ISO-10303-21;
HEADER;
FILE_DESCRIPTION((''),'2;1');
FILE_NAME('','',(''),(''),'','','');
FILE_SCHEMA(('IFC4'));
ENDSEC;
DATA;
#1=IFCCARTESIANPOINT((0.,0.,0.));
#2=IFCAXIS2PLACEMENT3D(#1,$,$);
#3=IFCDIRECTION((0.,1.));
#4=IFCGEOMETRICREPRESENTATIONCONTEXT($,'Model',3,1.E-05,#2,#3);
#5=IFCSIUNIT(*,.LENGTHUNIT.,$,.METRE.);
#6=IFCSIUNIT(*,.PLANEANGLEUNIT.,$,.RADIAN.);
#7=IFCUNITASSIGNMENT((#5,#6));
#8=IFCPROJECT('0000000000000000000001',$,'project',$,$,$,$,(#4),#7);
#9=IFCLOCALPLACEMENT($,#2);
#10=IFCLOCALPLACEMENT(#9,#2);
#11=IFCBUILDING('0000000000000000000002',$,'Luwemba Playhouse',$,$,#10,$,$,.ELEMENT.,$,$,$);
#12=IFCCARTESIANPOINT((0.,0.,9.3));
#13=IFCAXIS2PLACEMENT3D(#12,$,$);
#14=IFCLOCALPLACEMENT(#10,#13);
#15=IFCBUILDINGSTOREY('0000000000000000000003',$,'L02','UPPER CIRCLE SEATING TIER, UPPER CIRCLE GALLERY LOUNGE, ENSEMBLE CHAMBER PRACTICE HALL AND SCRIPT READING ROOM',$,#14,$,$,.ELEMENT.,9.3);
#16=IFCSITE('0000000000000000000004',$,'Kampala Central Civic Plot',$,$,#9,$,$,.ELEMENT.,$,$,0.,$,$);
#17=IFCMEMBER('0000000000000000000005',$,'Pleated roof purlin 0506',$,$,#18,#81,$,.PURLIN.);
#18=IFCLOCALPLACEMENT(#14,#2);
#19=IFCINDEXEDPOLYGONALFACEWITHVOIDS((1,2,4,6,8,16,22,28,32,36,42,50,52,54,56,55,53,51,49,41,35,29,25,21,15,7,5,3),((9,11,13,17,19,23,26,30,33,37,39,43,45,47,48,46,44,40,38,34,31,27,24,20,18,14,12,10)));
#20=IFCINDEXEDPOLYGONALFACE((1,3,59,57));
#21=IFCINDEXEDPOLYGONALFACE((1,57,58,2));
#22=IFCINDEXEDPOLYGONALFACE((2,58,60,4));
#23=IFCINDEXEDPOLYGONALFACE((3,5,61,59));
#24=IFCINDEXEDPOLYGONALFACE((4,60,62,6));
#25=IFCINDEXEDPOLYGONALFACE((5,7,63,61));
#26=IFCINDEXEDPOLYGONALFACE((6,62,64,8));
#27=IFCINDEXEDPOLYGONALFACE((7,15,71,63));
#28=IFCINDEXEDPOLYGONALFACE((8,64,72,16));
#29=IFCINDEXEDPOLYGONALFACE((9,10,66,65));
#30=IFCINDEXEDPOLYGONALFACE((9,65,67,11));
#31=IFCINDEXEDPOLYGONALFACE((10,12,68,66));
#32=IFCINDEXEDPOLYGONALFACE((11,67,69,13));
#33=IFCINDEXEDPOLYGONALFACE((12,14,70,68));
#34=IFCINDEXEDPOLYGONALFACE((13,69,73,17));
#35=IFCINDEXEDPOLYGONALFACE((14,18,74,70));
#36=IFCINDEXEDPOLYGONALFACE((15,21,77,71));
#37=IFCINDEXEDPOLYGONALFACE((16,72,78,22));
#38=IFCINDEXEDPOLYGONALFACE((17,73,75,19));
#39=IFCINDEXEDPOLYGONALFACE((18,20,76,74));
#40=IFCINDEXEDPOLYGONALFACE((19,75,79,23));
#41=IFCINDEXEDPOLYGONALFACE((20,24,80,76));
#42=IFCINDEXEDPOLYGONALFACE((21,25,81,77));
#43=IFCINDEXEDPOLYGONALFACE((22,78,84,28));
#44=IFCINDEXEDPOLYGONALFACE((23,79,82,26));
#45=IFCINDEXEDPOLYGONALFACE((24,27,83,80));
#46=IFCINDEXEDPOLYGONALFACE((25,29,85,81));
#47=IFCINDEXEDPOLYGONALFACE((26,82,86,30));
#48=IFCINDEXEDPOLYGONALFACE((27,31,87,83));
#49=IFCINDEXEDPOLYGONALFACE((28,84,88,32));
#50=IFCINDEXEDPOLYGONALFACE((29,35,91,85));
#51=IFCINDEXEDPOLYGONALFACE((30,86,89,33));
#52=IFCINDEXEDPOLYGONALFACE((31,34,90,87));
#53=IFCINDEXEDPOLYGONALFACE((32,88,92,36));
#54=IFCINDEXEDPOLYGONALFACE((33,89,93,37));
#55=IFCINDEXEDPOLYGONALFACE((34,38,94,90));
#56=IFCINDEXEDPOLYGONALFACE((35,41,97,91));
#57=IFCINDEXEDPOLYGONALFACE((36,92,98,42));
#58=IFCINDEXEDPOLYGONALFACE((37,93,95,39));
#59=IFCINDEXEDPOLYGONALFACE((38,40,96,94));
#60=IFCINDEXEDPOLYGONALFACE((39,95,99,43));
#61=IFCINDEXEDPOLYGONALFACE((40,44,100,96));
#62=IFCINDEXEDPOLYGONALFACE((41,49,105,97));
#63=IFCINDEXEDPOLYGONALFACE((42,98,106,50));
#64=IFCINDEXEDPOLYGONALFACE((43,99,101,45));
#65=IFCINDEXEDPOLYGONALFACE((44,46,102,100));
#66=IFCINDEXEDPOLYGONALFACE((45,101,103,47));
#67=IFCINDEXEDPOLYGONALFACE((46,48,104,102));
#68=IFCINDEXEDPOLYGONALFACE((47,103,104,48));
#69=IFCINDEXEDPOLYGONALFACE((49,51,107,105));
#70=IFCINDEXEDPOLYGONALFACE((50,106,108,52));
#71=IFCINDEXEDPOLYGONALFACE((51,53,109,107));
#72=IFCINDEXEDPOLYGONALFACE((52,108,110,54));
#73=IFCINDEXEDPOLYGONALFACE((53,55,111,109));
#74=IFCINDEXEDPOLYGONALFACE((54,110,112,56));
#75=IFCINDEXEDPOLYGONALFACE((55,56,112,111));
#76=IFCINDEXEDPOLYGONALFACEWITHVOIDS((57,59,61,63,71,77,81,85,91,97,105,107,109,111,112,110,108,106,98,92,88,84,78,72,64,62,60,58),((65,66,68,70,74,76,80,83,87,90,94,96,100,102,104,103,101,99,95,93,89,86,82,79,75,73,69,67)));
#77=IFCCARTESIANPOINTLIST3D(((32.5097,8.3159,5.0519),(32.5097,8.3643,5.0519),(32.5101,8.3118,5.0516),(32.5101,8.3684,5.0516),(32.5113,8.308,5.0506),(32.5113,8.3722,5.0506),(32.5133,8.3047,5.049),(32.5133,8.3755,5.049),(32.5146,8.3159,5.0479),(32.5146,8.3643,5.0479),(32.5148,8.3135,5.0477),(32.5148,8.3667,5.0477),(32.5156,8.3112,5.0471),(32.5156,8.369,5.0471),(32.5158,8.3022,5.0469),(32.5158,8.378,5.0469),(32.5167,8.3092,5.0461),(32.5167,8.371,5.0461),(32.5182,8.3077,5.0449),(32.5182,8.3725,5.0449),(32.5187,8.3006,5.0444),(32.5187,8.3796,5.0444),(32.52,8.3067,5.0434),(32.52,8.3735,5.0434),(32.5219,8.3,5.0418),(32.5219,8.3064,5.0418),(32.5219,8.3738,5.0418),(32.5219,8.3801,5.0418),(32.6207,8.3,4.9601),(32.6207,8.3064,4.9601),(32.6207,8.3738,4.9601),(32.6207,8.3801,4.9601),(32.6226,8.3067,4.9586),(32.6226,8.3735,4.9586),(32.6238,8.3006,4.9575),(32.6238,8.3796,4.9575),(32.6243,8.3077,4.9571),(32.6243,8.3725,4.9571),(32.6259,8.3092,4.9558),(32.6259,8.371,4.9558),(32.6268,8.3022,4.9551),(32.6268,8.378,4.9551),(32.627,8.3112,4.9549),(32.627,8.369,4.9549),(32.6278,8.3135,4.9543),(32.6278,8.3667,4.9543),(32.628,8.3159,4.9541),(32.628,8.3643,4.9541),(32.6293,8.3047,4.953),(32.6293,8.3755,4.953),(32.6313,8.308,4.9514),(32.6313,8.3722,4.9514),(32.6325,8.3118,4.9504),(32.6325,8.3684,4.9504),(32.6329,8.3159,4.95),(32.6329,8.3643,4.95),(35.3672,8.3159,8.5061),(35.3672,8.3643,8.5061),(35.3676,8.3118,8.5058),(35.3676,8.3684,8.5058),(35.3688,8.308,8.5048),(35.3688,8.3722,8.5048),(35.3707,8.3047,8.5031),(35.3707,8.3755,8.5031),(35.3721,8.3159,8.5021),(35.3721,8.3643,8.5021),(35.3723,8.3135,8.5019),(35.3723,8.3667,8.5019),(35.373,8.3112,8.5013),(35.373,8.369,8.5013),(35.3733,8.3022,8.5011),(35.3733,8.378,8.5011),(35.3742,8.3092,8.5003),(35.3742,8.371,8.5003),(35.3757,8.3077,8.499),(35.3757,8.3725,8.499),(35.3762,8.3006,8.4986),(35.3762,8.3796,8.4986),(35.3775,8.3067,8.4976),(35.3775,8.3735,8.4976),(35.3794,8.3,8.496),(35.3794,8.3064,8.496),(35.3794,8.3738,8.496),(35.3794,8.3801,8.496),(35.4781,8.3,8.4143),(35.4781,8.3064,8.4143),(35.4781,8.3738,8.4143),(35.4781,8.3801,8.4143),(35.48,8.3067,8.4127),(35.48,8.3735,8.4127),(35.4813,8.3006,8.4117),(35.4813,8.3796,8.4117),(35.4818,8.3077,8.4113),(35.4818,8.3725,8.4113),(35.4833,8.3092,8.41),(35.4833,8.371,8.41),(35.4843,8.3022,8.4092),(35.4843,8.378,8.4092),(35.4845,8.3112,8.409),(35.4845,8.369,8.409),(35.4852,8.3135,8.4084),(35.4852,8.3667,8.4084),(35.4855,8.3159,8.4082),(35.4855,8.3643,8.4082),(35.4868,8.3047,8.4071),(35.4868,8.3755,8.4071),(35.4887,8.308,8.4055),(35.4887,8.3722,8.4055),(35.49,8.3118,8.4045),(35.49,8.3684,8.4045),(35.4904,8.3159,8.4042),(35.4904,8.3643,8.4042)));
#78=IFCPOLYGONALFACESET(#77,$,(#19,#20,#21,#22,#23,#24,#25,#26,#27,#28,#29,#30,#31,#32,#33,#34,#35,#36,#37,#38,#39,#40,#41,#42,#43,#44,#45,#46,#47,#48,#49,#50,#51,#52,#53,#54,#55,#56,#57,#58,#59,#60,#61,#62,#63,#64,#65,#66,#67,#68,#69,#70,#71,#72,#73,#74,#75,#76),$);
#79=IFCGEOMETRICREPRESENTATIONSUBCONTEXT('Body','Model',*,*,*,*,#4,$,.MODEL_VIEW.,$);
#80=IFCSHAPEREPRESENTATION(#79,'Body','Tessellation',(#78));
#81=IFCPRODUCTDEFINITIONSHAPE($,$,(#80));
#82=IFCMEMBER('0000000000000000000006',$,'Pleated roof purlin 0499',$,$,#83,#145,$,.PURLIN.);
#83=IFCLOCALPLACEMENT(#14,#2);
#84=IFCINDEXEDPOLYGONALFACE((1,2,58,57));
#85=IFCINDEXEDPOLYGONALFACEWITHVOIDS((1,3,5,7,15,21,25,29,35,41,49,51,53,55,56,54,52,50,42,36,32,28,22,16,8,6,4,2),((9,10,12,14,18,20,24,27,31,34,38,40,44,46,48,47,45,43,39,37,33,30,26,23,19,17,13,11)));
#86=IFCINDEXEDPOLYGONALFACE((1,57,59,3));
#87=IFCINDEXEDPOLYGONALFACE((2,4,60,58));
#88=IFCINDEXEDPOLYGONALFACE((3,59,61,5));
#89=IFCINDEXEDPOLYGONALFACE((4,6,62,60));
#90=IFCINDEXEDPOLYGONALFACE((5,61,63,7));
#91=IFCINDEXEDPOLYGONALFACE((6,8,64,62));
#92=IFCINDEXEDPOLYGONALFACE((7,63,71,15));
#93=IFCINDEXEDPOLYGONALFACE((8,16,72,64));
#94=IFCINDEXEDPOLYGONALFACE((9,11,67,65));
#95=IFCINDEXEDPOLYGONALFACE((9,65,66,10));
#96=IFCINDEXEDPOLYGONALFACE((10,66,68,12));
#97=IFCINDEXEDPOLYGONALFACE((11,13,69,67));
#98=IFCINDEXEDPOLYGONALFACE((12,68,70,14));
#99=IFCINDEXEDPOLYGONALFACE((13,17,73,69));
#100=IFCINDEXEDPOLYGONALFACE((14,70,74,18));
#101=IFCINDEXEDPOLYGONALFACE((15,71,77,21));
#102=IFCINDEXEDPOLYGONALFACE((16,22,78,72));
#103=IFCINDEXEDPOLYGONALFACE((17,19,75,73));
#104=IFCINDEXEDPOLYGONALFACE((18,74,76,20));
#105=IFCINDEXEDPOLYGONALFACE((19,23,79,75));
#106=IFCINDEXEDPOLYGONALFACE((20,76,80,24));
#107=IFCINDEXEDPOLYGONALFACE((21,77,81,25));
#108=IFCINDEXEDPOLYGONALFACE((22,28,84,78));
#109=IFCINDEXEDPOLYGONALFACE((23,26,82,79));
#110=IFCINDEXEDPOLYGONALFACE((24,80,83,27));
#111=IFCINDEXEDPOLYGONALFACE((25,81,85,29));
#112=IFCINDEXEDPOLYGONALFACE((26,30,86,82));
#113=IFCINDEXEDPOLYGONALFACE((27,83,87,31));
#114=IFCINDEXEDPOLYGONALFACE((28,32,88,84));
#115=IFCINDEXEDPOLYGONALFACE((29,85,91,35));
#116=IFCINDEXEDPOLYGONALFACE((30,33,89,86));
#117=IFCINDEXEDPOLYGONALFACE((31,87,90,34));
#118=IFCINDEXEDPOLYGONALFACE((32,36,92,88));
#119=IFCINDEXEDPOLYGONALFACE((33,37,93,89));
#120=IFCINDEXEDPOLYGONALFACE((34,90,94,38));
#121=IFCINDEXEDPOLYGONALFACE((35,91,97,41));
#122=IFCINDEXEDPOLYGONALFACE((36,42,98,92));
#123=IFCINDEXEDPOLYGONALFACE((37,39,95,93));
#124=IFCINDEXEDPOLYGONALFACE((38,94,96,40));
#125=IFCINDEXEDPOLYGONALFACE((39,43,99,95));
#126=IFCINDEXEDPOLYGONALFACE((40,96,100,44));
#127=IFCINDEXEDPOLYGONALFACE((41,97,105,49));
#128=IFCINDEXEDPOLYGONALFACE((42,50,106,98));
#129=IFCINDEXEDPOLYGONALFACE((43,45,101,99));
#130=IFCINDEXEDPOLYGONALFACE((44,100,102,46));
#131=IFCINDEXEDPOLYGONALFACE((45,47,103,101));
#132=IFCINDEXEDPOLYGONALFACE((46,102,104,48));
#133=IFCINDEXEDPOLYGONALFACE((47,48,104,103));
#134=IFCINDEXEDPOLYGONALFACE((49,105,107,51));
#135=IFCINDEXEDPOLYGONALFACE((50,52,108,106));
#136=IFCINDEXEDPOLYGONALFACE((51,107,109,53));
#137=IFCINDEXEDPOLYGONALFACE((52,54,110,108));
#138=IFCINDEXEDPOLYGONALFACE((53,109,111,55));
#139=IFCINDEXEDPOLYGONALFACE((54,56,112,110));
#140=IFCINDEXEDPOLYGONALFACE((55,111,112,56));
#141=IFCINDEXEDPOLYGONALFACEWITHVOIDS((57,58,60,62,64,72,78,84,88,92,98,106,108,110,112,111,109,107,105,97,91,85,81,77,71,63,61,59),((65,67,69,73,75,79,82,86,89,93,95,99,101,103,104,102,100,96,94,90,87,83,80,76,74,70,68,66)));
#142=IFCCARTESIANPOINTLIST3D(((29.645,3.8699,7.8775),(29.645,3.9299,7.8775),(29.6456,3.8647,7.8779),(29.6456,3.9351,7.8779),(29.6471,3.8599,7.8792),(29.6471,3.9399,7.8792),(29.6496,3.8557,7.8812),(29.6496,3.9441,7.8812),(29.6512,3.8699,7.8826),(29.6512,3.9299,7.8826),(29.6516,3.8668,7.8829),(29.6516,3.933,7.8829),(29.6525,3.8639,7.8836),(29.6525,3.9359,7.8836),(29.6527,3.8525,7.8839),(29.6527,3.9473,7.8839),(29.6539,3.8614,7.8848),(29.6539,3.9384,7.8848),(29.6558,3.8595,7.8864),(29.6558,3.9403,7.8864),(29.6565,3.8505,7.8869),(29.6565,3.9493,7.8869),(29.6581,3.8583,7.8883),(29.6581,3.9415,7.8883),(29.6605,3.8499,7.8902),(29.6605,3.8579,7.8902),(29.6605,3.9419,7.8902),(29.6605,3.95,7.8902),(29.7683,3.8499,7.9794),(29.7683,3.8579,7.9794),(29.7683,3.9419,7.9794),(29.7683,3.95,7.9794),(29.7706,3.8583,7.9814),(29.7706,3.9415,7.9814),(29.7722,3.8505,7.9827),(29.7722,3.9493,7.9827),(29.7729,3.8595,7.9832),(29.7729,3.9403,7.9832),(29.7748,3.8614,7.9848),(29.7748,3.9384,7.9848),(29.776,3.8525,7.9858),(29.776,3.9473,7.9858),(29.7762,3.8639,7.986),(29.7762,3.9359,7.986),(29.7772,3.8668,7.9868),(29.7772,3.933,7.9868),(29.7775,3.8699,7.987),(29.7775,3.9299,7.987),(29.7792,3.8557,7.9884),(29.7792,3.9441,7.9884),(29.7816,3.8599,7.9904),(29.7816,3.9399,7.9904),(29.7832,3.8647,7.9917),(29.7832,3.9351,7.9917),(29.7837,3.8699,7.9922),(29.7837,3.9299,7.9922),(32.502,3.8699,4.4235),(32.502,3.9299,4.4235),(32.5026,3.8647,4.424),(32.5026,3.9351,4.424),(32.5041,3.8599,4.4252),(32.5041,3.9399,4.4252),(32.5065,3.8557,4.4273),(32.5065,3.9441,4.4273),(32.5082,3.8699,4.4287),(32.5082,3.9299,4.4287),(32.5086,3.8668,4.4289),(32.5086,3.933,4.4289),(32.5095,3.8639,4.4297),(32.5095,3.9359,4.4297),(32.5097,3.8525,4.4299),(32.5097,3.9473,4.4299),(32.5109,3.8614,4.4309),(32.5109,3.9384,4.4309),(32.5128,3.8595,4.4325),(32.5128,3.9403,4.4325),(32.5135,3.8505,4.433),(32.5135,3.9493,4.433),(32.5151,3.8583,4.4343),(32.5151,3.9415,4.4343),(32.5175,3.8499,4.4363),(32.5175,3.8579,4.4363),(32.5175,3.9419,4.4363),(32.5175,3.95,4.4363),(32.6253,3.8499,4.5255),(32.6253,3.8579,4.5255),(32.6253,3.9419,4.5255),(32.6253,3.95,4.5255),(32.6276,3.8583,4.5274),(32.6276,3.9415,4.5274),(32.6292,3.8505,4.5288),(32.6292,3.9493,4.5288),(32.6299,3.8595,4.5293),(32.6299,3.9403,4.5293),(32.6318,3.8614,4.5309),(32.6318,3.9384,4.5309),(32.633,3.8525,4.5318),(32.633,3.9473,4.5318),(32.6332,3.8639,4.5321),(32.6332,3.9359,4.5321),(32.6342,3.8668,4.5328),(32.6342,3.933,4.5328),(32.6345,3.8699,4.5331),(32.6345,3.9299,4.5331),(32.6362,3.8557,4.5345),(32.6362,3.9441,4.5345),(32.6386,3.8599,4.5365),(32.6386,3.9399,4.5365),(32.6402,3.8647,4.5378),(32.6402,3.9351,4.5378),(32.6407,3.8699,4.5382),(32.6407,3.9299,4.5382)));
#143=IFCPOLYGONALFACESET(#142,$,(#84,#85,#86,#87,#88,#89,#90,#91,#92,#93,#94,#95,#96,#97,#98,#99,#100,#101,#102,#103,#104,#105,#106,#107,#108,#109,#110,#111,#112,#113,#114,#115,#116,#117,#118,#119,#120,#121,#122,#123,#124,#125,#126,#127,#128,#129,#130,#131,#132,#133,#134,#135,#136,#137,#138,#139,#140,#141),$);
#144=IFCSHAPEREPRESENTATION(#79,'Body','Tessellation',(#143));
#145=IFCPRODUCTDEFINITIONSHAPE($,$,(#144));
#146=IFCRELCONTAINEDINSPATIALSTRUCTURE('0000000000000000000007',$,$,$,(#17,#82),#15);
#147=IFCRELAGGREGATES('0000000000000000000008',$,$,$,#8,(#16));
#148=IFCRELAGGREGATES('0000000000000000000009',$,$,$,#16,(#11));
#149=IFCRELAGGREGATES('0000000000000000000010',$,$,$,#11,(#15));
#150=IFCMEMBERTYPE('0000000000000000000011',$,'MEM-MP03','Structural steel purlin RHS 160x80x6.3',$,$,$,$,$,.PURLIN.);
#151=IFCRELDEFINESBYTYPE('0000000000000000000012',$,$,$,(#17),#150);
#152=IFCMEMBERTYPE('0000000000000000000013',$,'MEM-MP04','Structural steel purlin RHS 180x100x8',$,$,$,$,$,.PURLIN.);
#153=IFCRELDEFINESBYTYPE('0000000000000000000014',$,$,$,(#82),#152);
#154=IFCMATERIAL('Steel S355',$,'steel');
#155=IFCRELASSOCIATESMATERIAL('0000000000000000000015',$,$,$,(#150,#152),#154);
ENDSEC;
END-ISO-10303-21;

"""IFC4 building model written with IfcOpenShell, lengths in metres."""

from ifc_helpers import new_model, si_unit, direction, frame, origin, origin_2d, place, context, subcontext, project, spatial, hollow_rectangle, extrude, material, material_profile, profile_set, type_object, element, save


model = new_model("IFC4")

# Units and contexts
model_context = context("Model", 3, precision=1e-05, world=origin(), true_north=direction((0.0, 1.0)))
body_context = subcontext(model_context, "Body", "Model", "MODEL_VIEW")
ifc_project = project(units=[si_unit("LENGTHUNIT", "METRE"), si_unit("PLANEANGLEUNIT", "RADIAN")], contexts=[model_context])

# Site, building, storey
site_placement = place(None, origin())
site = spatial("IfcSite", under=ifc_project, at=site_placement, Name="Kampala Central Civic Plot", CompositionType="ELEMENT", RefElevation=0.0)
building_placement = place(site_placement, origin())
building = spatial("IfcBuilding", under=site, at=building_placement, Name="Luwemba Playhouse", CompositionType="ELEMENT")
storey_placement = place(building_placement, frame((0.0, 0.0, 9.3)))
storey = spatial("IfcBuildingStorey", under=building, at=storey_placement, Name="L02", Description="UPPER CIRCLE SEATING TIER, UPPER CIRCLE GALLERY LOUNGE, ENSEMBLE CHAMBER PRACTICE HALL AND SCRIPT READING ROOM", CompositionType="ELEMENT", Elevation=9.3)

# Shared definitions
ifc_material_1 = material(Name="Steel S355", Category="steel")

# Members
ifc_material_profile_1 = material_profile(ifc_material_1, hollow_rectangle(XDim=0.0801, YDim=0.1599, WallThickness=0.0063, InnerFilletRadius=0.0095, OuterFilletRadius=0.0159, at=origin_2d()))
ifc_profile_set_1 = profile_set([ifc_material_profile_1], Name="Steel S355")
member_type_1 = type_object("IfcMemberType", Name="MEM-MP03", Description="Structural steel purlin RHS 160x80x6.3", PredefinedType="PURLIN", material=ifc_profile_set_1)
member_1_placement = place(storey_placement, frame((32.5713, 8.3401, 5.001), z_axis=(0.637416, 0.0, 0.77052), x_axis=(0.0, 1.0, 0.0)))
element("IfcMember", 1, at=member_1_placement, inside=storey, type_object=member_type_1, Name="Pleated roof purlin 0506", PredefinedType="PURLIN", context=body_context, shape_type="SweptSolid", body=[
    extrude(hollow_rectangle(XDim=0.0801, YDim=0.1599, WallThickness=0.0063, InnerFilletRadius=0.0095, OuterFilletRadius=0.0159, at=origin_2d()), origin(), (0.0, 0.0, 1.0), 4.4829),
])
ifc_material_profile_2 = material_profile(ifc_material_1, hollow_rectangle(XDim=0.1001, YDim=0.1799, WallThickness=0.0081, InnerFilletRadius=0.012, OuterFilletRadius=0.02, at=origin_2d()))
ifc_profile_set_2 = profile_set([ifc_material_profile_2], Name="Steel S355")
member_type_2 = type_object("IfcMemberType", Name="MEM-MP04", Description="Structural steel purlin RHS 180x100x8", PredefinedType="PURLIN", material=ifc_profile_set_2)
member_2_placement = place(storey_placement, frame((29.7144, 3.8999, 7.9348), z_axis=(0.637378, 0.0, -0.770551), x_axis=(0.0, 1.0, 0.0)))
element("IfcMember", 2, at=member_2_placement, inside=storey, type_object=member_type_2, Name="Pleated roof purlin 0499", PredefinedType="PURLIN", context=body_context, shape_type="SweptSolid", body=[
    extrude(hollow_rectangle(XDim=0.1001, YDim=0.1799, WallThickness=0.0081, InnerFilletRadius=0.012, OuterFilletRadius=0.02, at=origin_2d()), origin(), (0.0, 0.0, 1.0), 4.4824),
])

save(model, "model.ifc")
